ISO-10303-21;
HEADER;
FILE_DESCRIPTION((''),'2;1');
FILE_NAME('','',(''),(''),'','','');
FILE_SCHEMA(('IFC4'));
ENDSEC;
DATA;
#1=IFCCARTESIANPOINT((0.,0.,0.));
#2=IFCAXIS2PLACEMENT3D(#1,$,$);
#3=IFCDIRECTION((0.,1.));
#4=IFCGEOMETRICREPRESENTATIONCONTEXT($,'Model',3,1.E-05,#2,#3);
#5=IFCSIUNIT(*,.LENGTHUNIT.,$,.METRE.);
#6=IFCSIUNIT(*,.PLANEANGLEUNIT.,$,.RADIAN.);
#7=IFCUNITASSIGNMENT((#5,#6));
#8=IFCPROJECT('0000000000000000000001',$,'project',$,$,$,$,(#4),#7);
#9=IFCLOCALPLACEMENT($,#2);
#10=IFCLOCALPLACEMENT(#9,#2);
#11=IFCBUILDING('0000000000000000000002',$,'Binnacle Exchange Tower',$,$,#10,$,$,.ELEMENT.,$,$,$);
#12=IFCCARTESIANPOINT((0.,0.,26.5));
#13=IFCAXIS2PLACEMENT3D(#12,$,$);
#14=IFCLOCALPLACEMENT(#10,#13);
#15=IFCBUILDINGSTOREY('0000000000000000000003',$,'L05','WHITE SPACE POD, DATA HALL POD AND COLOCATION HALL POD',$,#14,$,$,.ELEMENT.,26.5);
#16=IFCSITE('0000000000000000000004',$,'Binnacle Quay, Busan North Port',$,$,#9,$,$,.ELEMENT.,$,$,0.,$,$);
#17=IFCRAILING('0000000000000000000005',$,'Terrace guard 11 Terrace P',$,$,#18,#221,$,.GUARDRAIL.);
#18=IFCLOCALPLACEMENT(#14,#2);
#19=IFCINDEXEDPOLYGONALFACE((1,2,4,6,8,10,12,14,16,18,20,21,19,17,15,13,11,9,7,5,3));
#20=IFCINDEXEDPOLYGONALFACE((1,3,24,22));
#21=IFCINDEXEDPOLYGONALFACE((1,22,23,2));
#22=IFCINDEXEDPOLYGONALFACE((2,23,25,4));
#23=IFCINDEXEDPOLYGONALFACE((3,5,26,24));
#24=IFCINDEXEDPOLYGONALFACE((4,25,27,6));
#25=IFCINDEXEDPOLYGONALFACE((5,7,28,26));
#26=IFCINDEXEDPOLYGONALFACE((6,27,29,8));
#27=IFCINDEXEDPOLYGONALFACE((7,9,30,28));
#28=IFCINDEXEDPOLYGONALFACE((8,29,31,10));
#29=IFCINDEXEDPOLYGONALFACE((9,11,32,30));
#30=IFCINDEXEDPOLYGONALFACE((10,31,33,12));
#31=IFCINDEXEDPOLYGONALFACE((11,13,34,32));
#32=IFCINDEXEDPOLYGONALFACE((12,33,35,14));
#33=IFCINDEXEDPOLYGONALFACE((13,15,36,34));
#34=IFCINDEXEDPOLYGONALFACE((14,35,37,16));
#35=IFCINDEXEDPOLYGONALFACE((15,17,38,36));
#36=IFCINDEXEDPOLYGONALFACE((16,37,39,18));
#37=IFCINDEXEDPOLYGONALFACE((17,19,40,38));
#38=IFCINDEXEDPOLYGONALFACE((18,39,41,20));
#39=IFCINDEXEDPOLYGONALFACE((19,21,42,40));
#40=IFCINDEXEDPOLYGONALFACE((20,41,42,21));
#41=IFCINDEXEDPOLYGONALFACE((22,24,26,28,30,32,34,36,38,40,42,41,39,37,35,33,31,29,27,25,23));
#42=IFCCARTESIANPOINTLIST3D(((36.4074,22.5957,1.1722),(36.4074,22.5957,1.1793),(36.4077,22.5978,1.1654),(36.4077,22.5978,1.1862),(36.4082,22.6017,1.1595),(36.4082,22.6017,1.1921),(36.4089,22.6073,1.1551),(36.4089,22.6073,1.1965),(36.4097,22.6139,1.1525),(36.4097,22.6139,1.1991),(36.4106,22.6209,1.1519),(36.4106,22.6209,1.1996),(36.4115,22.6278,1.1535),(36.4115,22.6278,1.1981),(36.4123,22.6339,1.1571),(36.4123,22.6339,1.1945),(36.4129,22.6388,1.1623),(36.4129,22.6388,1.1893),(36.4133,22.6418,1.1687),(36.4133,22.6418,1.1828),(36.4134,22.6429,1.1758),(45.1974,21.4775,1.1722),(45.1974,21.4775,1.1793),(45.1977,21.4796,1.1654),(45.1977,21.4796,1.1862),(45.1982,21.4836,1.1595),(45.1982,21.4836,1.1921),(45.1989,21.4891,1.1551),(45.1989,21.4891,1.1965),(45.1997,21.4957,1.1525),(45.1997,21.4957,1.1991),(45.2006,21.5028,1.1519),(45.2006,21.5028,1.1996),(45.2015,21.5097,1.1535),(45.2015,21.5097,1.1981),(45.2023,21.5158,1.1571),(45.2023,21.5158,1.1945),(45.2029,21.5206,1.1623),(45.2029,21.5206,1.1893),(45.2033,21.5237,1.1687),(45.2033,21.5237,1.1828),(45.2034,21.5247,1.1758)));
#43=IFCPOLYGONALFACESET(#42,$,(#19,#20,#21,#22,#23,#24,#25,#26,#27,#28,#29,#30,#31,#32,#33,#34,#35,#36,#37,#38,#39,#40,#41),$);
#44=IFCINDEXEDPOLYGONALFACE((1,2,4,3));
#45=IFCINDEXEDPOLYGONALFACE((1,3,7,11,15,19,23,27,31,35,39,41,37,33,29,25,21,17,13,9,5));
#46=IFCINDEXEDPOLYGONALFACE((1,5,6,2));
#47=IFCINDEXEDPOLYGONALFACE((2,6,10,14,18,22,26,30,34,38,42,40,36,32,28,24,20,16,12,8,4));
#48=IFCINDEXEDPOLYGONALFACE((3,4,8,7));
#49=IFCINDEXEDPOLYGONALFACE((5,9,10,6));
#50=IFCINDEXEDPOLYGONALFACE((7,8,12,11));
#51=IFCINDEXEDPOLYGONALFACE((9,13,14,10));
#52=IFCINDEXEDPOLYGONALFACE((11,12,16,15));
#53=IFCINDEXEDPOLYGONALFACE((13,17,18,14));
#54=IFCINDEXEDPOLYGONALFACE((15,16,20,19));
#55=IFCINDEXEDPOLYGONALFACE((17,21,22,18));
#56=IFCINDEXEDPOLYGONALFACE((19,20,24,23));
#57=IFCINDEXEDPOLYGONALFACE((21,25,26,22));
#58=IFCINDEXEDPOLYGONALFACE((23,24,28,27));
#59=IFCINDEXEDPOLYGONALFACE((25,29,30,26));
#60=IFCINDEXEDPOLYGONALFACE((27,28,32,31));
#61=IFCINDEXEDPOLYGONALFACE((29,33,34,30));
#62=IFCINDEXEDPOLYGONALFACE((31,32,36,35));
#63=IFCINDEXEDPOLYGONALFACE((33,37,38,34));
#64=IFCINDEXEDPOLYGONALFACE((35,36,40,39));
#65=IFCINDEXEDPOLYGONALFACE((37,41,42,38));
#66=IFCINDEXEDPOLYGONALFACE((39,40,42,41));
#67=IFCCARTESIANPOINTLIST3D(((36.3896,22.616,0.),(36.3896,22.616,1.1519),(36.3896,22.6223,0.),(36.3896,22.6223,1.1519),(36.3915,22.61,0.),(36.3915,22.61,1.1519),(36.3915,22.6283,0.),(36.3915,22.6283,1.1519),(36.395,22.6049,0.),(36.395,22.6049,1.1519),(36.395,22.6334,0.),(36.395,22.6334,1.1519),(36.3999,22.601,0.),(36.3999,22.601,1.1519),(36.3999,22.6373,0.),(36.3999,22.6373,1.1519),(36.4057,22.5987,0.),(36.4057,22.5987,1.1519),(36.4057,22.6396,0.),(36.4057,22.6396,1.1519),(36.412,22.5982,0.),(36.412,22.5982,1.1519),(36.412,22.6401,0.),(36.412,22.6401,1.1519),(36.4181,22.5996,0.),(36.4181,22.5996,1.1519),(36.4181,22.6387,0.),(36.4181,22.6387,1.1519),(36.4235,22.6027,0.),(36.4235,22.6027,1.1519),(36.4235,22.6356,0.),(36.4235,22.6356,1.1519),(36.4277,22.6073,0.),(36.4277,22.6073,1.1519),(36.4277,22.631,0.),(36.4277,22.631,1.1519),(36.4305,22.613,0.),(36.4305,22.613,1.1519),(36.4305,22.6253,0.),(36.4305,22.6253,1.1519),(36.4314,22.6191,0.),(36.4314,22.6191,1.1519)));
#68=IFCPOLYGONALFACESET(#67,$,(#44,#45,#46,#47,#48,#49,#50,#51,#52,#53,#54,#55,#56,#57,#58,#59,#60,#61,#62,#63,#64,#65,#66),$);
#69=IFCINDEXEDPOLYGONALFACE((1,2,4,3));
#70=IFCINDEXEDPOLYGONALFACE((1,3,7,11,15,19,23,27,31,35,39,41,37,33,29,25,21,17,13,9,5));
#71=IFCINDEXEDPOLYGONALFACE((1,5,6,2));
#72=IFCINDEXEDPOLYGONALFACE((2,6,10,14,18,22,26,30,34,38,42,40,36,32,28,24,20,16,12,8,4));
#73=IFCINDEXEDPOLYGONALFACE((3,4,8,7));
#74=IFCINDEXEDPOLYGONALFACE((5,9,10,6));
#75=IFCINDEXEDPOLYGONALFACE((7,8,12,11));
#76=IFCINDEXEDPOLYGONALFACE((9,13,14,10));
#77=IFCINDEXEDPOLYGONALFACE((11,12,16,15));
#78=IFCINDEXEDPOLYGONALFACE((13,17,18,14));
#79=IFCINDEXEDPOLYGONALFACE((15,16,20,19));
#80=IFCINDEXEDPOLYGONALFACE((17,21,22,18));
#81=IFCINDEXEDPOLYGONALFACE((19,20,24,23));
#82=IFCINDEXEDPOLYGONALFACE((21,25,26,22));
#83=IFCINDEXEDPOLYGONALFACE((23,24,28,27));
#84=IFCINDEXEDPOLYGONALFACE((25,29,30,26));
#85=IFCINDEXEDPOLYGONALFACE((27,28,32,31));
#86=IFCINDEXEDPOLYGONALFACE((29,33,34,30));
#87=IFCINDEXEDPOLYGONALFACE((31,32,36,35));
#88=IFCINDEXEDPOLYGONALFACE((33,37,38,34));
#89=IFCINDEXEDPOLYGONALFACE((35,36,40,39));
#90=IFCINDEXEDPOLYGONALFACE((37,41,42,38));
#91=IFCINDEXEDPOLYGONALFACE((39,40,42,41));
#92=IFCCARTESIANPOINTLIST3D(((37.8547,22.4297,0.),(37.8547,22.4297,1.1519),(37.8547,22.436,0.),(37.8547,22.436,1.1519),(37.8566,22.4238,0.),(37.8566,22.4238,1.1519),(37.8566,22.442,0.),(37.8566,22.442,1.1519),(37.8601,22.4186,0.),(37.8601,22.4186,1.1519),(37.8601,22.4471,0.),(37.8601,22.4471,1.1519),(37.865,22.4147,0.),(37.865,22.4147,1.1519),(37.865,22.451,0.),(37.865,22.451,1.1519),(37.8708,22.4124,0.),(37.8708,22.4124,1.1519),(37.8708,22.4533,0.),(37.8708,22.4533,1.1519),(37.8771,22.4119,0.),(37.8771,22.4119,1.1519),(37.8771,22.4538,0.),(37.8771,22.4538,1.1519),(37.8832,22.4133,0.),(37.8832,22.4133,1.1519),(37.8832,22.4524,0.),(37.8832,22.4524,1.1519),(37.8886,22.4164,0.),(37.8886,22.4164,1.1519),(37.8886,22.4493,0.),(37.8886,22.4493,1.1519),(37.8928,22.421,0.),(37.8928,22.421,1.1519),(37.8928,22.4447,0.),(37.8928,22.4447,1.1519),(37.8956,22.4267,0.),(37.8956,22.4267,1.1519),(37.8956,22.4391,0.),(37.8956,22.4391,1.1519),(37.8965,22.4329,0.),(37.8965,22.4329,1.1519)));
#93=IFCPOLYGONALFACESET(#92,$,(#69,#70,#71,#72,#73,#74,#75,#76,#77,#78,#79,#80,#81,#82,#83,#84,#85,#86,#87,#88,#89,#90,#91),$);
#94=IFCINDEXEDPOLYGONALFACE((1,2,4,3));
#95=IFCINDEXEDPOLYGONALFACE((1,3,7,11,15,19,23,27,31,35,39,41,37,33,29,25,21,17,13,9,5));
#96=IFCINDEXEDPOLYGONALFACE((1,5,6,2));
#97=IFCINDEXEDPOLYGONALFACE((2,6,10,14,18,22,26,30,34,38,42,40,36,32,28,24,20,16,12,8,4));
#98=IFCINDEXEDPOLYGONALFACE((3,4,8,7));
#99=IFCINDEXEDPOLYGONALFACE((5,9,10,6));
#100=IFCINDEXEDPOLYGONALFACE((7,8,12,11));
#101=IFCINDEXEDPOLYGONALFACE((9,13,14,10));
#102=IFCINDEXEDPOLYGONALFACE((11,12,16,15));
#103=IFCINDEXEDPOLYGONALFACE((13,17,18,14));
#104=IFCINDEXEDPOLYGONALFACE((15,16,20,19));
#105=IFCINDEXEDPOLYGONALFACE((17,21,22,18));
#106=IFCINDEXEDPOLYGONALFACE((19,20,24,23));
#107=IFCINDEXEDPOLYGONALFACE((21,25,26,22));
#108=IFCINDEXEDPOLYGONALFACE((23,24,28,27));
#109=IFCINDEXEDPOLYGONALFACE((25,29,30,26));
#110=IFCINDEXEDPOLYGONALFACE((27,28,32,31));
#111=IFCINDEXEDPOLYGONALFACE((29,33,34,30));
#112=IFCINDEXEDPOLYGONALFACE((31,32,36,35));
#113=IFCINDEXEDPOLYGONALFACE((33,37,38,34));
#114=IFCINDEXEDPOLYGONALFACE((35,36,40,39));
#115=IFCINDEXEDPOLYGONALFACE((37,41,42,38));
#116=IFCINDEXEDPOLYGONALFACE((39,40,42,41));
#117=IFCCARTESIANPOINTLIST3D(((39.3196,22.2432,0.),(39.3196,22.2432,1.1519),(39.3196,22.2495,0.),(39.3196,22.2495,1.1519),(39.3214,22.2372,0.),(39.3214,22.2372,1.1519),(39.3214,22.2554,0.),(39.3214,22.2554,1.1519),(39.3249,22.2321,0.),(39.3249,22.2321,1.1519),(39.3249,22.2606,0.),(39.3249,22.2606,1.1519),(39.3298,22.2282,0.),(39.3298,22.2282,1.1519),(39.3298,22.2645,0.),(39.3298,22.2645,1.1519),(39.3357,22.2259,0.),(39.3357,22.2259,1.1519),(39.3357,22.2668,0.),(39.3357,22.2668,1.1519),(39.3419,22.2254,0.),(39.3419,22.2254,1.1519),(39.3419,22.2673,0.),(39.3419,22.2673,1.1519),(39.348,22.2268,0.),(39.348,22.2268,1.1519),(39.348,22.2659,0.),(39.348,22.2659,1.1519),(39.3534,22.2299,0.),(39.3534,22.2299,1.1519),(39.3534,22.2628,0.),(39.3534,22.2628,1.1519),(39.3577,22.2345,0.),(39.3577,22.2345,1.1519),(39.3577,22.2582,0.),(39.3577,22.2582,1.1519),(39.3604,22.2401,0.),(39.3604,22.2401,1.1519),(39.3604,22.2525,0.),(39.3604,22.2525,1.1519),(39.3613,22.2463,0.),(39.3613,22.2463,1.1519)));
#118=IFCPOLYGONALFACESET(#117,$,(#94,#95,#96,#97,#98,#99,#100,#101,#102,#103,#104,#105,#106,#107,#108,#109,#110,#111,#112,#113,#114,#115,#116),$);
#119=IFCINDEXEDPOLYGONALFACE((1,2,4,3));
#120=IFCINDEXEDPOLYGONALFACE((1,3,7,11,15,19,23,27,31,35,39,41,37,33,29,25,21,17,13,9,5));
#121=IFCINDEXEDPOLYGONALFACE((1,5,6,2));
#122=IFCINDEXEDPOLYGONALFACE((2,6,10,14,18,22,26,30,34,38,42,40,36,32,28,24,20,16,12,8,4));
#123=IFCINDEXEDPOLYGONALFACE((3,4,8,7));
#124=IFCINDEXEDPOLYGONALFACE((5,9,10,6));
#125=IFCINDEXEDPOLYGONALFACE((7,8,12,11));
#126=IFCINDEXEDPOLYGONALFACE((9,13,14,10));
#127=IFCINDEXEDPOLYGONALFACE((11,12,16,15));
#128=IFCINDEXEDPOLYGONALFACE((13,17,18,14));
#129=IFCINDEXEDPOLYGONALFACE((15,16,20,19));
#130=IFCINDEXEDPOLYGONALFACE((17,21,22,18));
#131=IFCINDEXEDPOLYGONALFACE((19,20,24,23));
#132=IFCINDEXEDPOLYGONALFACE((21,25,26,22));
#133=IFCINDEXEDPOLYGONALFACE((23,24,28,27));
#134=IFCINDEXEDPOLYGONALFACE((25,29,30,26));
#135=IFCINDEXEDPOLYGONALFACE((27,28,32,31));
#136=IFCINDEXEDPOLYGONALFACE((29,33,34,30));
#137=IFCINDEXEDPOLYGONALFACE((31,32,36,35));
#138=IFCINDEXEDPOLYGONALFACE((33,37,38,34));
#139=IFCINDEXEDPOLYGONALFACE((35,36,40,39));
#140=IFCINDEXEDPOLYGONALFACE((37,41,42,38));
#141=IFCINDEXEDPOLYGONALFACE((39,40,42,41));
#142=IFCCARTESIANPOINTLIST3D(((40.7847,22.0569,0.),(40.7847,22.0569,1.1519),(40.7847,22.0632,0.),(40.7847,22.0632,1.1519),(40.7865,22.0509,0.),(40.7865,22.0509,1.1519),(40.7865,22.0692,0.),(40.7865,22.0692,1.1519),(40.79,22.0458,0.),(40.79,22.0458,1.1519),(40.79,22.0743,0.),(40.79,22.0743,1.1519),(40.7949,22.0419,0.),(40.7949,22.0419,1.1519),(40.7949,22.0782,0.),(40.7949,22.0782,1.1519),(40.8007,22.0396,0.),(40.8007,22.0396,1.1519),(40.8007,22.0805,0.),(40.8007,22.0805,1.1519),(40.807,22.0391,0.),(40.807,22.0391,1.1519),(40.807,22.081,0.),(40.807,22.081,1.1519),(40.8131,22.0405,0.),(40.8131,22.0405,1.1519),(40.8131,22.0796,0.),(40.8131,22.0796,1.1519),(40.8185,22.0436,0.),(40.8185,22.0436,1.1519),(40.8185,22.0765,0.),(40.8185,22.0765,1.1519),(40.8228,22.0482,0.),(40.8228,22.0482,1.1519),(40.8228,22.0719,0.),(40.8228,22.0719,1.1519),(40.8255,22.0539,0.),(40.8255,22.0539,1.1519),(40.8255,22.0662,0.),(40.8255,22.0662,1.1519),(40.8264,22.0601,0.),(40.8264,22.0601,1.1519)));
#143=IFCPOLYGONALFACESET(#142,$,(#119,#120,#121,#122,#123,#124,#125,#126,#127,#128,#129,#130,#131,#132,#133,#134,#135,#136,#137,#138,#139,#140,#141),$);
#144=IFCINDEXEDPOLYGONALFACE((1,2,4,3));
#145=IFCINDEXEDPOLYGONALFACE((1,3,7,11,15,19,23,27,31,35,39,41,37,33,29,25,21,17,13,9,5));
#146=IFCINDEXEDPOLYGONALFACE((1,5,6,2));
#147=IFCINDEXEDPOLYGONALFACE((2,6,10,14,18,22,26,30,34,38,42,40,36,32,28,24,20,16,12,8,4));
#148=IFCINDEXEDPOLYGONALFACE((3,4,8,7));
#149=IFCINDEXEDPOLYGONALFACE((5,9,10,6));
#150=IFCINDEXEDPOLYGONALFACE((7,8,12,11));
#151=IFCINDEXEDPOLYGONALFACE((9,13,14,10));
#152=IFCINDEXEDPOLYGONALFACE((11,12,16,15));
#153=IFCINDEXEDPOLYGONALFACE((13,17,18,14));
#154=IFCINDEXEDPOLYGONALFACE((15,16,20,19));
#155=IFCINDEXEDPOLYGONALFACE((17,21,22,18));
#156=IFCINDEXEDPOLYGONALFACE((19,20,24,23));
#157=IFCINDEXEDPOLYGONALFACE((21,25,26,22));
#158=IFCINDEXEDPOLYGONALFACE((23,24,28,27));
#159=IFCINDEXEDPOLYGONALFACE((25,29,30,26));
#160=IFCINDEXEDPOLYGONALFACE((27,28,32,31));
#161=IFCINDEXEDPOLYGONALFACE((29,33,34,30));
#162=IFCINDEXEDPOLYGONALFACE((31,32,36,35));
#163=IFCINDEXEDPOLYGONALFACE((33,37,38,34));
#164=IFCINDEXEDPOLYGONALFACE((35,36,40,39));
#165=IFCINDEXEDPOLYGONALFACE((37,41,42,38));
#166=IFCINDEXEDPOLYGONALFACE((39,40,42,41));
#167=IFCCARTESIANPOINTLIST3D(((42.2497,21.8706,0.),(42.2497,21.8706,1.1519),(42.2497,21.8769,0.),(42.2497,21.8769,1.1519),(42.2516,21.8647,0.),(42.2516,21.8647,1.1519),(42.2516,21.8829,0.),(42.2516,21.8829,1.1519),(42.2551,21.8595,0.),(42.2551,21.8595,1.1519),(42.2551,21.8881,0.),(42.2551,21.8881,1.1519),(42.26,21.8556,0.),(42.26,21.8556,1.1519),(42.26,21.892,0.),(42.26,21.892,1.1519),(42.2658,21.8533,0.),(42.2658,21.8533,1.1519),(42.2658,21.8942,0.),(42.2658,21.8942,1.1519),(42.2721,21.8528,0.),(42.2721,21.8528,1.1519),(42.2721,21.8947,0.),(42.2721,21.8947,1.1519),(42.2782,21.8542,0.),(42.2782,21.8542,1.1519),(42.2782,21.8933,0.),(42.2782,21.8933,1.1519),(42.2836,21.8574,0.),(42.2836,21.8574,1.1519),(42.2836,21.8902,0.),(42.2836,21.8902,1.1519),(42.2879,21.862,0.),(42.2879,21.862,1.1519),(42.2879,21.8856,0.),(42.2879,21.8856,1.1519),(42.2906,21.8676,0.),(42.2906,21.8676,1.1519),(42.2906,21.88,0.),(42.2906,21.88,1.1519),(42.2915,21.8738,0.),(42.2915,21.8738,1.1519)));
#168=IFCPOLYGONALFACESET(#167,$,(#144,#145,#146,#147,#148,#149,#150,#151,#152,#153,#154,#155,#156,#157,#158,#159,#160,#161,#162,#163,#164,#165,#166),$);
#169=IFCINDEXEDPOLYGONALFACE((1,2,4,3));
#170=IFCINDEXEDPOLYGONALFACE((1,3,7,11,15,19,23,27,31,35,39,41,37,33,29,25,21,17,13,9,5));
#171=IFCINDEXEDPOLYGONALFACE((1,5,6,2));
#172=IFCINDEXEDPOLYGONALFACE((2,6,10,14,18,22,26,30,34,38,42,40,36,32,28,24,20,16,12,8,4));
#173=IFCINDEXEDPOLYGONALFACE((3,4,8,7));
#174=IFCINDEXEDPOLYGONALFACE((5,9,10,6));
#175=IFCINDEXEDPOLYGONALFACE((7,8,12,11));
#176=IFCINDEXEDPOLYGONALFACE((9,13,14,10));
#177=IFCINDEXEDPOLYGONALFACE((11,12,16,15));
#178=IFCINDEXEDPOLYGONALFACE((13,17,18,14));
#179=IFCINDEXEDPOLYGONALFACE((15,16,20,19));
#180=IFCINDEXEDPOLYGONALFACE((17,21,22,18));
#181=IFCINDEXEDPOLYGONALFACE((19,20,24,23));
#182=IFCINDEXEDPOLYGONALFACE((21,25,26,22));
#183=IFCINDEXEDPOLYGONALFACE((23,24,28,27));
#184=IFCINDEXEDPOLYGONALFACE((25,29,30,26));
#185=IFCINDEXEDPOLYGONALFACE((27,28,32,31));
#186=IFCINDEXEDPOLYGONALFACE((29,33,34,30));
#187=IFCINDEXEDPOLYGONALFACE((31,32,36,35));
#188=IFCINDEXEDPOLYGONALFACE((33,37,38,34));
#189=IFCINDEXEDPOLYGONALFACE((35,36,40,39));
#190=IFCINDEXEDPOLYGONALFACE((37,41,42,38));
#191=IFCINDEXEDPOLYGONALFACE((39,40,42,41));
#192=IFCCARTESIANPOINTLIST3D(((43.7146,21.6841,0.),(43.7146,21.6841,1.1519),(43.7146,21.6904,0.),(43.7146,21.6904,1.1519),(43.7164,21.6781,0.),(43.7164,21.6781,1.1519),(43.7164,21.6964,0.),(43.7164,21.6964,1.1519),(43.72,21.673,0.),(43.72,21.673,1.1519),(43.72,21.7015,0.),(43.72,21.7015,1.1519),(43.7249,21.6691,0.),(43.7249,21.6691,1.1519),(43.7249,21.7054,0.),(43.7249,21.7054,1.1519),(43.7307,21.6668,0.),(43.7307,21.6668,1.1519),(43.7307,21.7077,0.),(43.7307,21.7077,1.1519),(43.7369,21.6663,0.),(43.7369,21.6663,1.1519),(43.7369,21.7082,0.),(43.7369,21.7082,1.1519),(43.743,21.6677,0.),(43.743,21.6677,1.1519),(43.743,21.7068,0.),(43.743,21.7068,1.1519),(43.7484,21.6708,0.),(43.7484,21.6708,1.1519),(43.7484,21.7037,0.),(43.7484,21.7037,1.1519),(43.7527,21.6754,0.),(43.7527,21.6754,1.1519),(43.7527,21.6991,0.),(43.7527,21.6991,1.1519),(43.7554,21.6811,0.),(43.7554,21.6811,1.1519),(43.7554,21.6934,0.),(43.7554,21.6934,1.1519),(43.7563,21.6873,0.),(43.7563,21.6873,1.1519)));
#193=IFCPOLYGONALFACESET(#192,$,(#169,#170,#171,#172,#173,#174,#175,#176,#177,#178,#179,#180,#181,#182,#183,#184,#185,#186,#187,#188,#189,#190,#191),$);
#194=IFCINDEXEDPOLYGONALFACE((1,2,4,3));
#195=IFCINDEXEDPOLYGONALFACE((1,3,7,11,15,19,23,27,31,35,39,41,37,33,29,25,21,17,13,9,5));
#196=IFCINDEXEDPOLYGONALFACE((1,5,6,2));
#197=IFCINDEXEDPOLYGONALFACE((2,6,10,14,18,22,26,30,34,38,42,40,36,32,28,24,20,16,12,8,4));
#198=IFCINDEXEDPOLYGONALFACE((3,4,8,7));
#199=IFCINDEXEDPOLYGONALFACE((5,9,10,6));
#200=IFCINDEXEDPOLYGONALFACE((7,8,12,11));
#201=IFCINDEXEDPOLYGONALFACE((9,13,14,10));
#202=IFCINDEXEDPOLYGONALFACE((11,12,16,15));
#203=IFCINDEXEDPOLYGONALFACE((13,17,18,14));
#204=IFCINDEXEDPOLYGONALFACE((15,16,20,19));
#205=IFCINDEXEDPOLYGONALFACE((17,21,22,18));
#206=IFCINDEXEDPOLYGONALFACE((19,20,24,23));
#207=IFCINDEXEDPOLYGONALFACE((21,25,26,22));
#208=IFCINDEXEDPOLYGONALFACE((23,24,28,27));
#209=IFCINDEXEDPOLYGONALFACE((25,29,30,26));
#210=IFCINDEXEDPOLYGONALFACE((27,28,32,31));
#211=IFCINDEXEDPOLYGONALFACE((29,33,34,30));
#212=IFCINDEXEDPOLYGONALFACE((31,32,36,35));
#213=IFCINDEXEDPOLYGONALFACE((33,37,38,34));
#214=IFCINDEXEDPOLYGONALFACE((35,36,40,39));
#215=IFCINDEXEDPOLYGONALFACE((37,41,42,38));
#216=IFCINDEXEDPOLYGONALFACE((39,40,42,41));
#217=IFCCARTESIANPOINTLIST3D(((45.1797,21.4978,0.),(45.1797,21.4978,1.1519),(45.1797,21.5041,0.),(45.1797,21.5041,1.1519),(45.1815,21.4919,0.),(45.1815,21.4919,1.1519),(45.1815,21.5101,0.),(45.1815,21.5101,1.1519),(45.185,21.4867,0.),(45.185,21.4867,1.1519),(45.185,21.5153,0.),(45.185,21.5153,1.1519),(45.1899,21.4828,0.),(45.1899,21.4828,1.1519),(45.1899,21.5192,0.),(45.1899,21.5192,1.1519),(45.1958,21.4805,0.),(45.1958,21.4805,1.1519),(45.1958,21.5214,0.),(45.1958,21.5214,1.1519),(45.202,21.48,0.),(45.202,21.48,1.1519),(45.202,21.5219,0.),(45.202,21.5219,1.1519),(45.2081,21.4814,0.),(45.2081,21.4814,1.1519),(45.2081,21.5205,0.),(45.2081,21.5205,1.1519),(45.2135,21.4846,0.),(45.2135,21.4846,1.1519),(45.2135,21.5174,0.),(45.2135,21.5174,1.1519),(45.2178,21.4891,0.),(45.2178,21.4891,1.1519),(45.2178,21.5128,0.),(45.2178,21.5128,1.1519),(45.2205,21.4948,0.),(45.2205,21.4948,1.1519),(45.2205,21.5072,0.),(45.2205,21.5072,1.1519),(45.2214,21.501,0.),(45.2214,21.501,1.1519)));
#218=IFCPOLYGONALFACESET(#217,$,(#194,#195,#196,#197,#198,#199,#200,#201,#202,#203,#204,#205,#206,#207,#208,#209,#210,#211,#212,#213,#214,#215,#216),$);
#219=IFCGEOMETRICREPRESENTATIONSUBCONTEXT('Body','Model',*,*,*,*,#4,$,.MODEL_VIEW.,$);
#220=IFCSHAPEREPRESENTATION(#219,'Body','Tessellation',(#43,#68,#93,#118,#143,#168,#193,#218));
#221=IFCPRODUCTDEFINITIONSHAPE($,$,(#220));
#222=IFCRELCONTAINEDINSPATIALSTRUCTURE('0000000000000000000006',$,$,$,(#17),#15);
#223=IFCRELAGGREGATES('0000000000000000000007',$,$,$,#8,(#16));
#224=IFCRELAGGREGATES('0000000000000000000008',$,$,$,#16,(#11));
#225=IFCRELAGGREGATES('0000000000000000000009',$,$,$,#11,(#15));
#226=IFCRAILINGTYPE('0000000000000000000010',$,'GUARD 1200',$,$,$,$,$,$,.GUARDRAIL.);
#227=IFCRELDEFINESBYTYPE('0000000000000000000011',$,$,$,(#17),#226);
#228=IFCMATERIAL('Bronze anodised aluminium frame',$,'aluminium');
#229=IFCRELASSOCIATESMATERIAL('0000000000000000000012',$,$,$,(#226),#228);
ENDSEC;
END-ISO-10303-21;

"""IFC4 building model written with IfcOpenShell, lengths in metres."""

from ifc_helpers import new_model, si_unit, direction, frame, origin, origin_2d, place, context, subcontext, project, spatial, circle, extrude, material, type_object, element, save


model = new_model("IFC4")

# Units and contexts
model_context = context("Model", 3, precision=1e-05, world=origin(), true_north=direction((0.0, 1.0)))
body_context = subcontext(model_context, "Body", "Model", "MODEL_VIEW")
ifc_project = project(units=[si_unit("LENGTHUNIT", "METRE"), si_unit("PLANEANGLEUNIT", "RADIAN")], contexts=[model_context])

# Site, building, storey
site_placement = place(None, origin())
site = spatial("IfcSite", under=ifc_project, at=site_placement, Name="Binnacle Quay, Busan North Port", CompositionType="ELEMENT", RefElevation=0.0)
building_placement = place(site_placement, origin())
building = spatial("IfcBuilding", under=site, at=building_placement, Name="Binnacle Exchange Tower", CompositionType="ELEMENT")
storey_placement = place(building_placement, frame((0.0, 0.0, 26.5)))
storey = spatial("IfcBuildingStorey", under=building, at=storey_placement, Name="L05", Description="WHITE SPACE POD, DATA HALL POD AND COLOCATION HALL POD", CompositionType="ELEMENT", Elevation=26.5)

# Shared definitions
ifc_material_1 = material(Name="Bronze anodised aluminium frame", Category="aluminium")

# Railing
railing_type = type_object("IfcRailingType", Name="GUARD 1200", PredefinedType="GUARDRAIL", material=ifc_material_1)
railing_placement = place(storey_placement, frame((36.4104, 22.6191, 0.0)))
element("IfcRailing", 1, at=railing_placement, inside=storey, type_object=railing_type, Name="Terrace guard 11 Terrace P", PredefinedType="GUARDRAIL", context=body_context, shape_type="SweptSolid", body=[
    extrude(circle(Radius=0.0239, at=origin_2d()), frame((0.0, 0.0, 1.1758), z_axis=(0.992006, -0.126191, 0.0), x_axis=(0.126191, 0.992006, 0.0)), (0.0, 0.0, 1.0), 8.8608),
    extrude(circle(Radius=0.021, at=origin_2d()), origin(), (0.0, 0.0, 1.0), 1.1519),
    extrude(circle(Radius=0.021, at=origin_2d()), frame((1.4651, -0.1863, 0.0)), (0.0, 0.0, 1.0), 1.1519),
    extrude(circle(Radius=0.021, at=origin_2d()), frame((2.9299, -0.3728, 0.0)), (0.0, 0.0, 1.0), 1.1519),
    extrude(circle(Radius=0.021, at=origin_2d()), frame((4.395, -0.5591, 0.0)), (0.0, 0.0, 1.0), 1.1519),
    extrude(circle(Radius=0.021, at=origin_2d()), frame((5.8601, -0.7454, 0.0)), (0.0, 0.0, 1.0), 1.1519),
    extrude(circle(Radius=0.021, at=origin_2d()), frame((7.325, -0.9319, 0.0)), (0.0, 0.0, 1.0), 1.1519),
    extrude(circle(Radius=0.021, at=origin_2d()), frame((8.79, -1.1182, 0.0)), (0.0, 0.0, 1.0), 1.1519),
])

save(model, "model.ifc")
